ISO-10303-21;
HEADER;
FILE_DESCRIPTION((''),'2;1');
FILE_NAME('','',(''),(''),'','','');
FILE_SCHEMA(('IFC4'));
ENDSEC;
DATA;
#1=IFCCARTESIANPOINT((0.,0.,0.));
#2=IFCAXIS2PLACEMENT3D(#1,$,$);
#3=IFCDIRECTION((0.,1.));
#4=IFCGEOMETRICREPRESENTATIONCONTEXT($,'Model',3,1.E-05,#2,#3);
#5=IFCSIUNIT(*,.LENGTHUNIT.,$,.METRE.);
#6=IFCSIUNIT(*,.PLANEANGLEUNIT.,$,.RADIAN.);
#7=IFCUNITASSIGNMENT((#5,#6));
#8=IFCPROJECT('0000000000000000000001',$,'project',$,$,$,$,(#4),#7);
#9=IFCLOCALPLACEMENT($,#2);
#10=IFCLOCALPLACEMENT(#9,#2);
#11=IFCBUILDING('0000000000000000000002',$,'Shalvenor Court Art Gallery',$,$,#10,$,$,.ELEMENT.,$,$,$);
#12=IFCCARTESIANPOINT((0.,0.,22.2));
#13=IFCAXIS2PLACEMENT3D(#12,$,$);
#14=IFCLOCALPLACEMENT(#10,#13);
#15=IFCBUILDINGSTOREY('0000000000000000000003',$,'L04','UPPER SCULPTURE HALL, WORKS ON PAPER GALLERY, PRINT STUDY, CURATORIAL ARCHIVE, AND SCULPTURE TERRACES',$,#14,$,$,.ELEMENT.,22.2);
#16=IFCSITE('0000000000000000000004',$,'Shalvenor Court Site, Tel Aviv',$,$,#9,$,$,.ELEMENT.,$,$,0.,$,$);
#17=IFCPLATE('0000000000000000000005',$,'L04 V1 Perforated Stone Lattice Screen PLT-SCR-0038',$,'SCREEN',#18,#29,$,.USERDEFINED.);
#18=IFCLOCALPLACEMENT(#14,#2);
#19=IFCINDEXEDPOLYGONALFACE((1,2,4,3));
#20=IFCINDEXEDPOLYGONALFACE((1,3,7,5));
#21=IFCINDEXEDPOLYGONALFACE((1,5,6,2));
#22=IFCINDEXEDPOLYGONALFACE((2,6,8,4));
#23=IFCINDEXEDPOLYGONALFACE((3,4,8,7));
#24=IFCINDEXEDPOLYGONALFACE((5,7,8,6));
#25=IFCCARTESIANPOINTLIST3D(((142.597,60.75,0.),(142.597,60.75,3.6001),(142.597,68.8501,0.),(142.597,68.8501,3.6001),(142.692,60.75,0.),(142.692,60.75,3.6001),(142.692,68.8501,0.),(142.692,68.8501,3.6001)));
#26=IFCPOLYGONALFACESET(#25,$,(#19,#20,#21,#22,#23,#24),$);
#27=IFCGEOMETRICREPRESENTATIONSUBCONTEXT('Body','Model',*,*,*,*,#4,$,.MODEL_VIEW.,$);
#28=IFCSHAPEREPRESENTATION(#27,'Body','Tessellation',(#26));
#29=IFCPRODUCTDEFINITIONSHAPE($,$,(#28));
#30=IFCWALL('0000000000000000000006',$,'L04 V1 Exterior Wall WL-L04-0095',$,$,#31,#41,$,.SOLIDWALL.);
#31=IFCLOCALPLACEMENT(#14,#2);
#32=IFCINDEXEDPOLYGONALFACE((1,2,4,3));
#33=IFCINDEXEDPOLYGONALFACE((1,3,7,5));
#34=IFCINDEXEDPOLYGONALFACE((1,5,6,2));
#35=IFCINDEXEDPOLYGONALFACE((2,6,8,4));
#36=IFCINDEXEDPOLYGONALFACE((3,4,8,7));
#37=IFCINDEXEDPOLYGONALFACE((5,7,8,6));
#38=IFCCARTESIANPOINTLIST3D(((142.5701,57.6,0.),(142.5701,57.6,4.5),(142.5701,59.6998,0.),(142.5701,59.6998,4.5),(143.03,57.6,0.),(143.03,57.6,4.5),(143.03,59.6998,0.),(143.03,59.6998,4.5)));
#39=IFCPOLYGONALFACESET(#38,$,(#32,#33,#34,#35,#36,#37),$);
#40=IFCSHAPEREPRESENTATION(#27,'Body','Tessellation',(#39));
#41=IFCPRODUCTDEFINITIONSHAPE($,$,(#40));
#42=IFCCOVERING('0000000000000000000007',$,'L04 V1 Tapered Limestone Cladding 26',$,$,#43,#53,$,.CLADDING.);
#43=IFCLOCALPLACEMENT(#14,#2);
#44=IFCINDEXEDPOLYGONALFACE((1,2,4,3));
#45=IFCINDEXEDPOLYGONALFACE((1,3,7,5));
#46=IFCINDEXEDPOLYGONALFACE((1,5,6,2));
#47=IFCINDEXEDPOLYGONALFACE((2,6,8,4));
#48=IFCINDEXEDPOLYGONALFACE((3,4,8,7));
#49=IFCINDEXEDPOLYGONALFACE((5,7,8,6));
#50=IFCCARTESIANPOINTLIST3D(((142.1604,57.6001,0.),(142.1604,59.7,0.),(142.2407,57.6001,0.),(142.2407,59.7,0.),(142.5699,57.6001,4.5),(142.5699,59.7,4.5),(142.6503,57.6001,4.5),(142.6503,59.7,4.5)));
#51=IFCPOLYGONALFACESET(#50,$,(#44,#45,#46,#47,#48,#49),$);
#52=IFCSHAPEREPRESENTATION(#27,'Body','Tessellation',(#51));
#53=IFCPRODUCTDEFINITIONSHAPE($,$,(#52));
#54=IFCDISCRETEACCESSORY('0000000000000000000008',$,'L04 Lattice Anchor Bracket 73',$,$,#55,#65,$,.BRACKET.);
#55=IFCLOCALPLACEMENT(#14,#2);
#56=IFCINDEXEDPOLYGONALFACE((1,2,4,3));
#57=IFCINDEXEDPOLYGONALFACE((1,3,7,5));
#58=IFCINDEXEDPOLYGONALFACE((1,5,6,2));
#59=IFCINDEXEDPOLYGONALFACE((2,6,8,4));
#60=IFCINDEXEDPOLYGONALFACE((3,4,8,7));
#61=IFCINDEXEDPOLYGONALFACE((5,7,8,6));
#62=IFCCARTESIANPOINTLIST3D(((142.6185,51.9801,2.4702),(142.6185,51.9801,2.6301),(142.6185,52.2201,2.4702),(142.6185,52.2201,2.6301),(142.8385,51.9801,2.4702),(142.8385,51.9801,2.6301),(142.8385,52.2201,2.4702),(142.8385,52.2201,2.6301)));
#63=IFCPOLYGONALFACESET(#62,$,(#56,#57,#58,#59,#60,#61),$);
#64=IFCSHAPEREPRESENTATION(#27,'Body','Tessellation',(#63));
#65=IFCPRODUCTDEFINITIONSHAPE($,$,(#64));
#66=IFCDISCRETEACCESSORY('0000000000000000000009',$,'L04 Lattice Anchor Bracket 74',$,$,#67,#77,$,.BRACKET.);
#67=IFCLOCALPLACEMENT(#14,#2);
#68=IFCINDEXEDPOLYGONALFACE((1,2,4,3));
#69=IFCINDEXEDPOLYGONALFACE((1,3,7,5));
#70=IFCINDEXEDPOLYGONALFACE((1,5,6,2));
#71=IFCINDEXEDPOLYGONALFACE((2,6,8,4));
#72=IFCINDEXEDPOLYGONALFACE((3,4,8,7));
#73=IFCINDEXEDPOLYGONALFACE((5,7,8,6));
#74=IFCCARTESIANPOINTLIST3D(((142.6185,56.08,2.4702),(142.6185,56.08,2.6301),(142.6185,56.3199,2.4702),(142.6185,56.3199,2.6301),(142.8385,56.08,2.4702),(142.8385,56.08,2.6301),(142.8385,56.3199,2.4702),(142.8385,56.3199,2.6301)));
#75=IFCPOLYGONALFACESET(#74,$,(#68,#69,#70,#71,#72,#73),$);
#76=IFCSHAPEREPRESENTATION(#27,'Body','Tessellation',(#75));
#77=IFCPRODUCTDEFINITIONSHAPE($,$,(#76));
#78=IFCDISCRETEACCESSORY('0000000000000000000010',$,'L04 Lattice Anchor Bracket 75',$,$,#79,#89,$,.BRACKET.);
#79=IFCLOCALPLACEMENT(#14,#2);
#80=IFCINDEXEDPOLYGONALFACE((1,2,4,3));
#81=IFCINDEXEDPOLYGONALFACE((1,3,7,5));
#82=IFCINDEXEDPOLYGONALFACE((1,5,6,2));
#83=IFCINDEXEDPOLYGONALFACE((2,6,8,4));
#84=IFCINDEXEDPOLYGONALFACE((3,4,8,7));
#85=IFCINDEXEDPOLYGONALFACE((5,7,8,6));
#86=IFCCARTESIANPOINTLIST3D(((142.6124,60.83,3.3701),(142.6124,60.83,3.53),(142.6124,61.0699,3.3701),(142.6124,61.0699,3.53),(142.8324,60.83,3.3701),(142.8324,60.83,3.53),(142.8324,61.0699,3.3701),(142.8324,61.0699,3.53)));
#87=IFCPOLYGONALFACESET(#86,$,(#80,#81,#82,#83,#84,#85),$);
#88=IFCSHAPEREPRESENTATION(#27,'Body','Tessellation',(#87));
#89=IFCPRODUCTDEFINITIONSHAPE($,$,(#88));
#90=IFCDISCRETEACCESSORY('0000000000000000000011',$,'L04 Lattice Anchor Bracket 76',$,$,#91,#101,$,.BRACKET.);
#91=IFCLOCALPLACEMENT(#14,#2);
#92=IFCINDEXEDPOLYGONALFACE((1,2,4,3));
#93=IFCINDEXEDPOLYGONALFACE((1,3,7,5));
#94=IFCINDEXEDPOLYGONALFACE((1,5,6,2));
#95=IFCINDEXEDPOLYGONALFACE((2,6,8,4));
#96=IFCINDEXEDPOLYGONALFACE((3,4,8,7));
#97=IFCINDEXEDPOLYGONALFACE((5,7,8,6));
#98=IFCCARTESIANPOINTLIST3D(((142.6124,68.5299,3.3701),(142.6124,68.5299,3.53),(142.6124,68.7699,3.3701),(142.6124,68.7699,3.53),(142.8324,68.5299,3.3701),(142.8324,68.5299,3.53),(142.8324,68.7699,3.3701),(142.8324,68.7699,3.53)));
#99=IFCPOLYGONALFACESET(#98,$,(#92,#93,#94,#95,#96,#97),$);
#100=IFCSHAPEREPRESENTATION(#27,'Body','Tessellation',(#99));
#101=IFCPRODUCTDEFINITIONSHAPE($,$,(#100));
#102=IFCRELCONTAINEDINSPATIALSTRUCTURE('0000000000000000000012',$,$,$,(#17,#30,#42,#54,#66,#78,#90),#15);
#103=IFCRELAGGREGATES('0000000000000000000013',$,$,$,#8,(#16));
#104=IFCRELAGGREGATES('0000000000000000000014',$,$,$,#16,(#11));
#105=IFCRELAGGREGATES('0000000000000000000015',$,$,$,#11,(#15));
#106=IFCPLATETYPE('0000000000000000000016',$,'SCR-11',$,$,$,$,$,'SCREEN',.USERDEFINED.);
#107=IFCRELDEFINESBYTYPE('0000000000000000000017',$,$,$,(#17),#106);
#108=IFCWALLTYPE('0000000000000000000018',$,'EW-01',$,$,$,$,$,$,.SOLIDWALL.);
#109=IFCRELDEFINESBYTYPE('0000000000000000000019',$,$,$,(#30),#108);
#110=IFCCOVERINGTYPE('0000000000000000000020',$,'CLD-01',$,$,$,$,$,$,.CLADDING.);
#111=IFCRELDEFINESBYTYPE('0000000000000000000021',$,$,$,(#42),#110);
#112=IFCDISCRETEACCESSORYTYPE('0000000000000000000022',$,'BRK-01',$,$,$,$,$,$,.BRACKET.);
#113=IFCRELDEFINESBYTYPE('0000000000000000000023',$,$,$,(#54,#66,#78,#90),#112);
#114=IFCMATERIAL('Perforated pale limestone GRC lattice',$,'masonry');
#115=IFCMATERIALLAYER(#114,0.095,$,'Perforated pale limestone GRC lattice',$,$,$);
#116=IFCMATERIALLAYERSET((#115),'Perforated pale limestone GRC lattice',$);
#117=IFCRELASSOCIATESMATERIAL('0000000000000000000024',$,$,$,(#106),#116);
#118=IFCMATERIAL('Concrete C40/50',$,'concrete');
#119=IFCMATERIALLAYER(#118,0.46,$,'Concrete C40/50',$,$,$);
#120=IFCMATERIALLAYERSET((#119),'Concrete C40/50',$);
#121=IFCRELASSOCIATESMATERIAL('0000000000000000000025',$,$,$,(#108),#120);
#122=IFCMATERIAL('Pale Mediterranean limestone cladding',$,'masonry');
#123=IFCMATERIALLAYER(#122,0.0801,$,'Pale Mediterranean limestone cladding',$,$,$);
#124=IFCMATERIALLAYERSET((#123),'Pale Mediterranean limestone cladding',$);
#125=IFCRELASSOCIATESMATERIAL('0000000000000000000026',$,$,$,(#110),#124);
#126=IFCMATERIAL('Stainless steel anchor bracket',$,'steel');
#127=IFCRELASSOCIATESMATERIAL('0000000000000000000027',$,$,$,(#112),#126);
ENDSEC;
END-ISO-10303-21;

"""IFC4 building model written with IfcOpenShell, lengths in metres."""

from ifc_helpers import new_model, si_unit, direction, frame, frame_2d, origin, origin_2d, place, context, subcontext, project, spatial, polyline, rectangle, outline, extrude, material, layer, layer_set, type_object, element, save


model = new_model("IFC4")

# Units and contexts
model_context = context("Model", 3, precision=1e-05, world=origin(), true_north=direction((0.0, 1.0)))
body_context = subcontext(model_context, "Body", "Model", "MODEL_VIEW")
ifc_project = project(units=[si_unit("LENGTHUNIT", "METRE"), si_unit("PLANEANGLEUNIT", "RADIAN")], contexts=[model_context])

# Site, building, storey
site_placement = place(None, origin())
site = spatial("IfcSite", under=ifc_project, at=site_placement, Name="Shalvenor Court Site, Tel Aviv", CompositionType="ELEMENT", RefElevation=0.0)
building_placement = place(site_placement, origin())
building = spatial("IfcBuilding", under=site, at=building_placement, Name="Shalvenor Court Art Gallery", CompositionType="ELEMENT")
storey_placement = place(building_placement, frame((0.0, 0.0, 22.2)))
storey = spatial("IfcBuildingStorey", under=building, at=storey_placement, Name="L04", Description="UPPER SCULPTURE HALL, WORKS ON PAPER GALLERY, PRINT STUDY, CURATORIAL ARCHIVE, AND SCULPTURE TERRACES", CompositionType="ELEMENT", Elevation=22.2)

# Plate
ifc_material_1 = material(Name="Perforated pale limestone GRC lattice", Category="masonry")
ifc_layer_1 = layer(ifc_material_1, 0.095, Name="Perforated pale limestone GRC lattice")
ifc_layer_set_1 = layer_set([ifc_layer_1], Name="Perforated pale limestone GRC lattice")
plate_type_1 = type_object("IfcPlateType", Name="SCR-11", ElementType="SCREEN", PredefinedType="USERDEFINED", material=ifc_layer_set_1)
plate_1_placement = place(storey_placement, frame((142.6445, 64.8, 0.0), z_axis=(0.0, 0.0, 1.0), x_axis=(0.0, 1.0, 0.0)))
element("IfcPlate", 1, at=plate_1_placement, inside=storey, type_object=plate_type_1, Name="L04 V1 Perforated Stone Lattice Screen PLT-SCR-0038", ObjectType="SCREEN", PredefinedType="USERDEFINED", context=body_context, shape_type="SweptSolid", body=[
    extrude(rectangle(XDim=8.1001, YDim=0.095, at=origin_2d()), origin(), (0.0, 0.0, 1.0), 3.6001),
])

# Wall
ifc_material_2 = material(Name="Concrete C40/50", Category="concrete")
ifc_layer_2 = layer(ifc_material_2, 0.46, Name="Concrete C40/50")
ifc_layer_set_2 = layer_set([ifc_layer_2], Name="Concrete C40/50")
wall_type = type_object("IfcWallType", Name="EW-01", PredefinedType="SOLIDWALL", material=ifc_layer_set_2)
wall_placement = place(storey_placement, frame((142.8, 57.6001, 0.0), z_axis=(0.0, 0.0, 1.0), x_axis=(0.0, 1.0, 0.0)))
element("IfcWall", 2, at=wall_placement, inside=storey, type_object=wall_type, Name="L04 V1 Exterior Wall WL-L04-0095", PredefinedType="SOLIDWALL", context=body_context, shape_type="SweptSolid", body=[
    extrude(rectangle(XDim=2.0999, YDim=0.46, at=frame_2d((1.0498, 0.0))), origin(), (0.0, 0.0, 1.0), 4.5),
])

# Covering
ifc_material_3 = material(Name="Pale Mediterranean limestone cladding", Category="masonry")
ifc_layer_3 = layer(ifc_material_3, 0.0801, Name="Pale Mediterranean limestone cladding")
ifc_layer_set_3 = layer_set([ifc_layer_3], Name="Pale Mediterranean limestone cladding")
covering_type = type_object("IfcCoveringType", Name="CLD-01", PredefinedType="CLADDING", material=ifc_layer_set_3)
covering_placement = place(storey_placement, frame((142.1604, 59.7, 0.0), z_axis=(0.0, 0.0, 1.0), x_axis=(0.0, -1.0, 0.0)))
element("IfcCovering", 3, at=covering_placement, inside=storey, type_object=covering_type, Name="L04 V1 Tapered Limestone Cladding 26", PredefinedType="CLADDING", context=body_context, shape_type="SweptSolid", body=[
    extrude(outline(polyline([(0.0, 0.0), (2.0999, 0.0), (2.0999, 4.5186), (0.0, 4.5186), (0.0, 0.0)])), frame((0.0, 0.0, 0.0), z_axis=(0.0, -0.995884, 0.090633), x_axis=(1.0, 0.0, 0.0)), (0.0, 0.090633, -0.995884), 0.0803),
])

# Discrete accessories
ifc_material_4 = material(Name="Stainless steel anchor bracket", Category="steel")
discrete_accessory_type = type_object("IfcDiscreteAccessoryType", Name="BRK-01", PredefinedType="BRACKET", material=ifc_material_4)
for number, where, z_axis, x_axis, name in (
    (4, (142.7285, 52.1001, 2.4702), (0.0, 0.0, 1.0), (0.0, 1.0, 0.0), "L04 Lattice Anchor Bracket 73"),
    (5, (142.7285, 56.2, 2.4702), (0.0, 0.0, 1.0), (0.0, 1.0, 0.0), "L04 Lattice Anchor Bracket 74"),
    (6, (142.7224, 60.95, 3.3701), (0.0, 0.0, 1.0), (0.0, 1.0, 0.0), "L04 Lattice Anchor Bracket 75"),
    (7, (142.7224, 68.6499, 3.3701), (0.0, 0.0, 1.0), (0.0, 1.0, 0.0), "L04 Lattice Anchor Bracket 76"),
):
    element("IfcDiscreteAccessory", number, at=place(storey_placement, frame(where, z_axis=z_axis, x_axis=x_axis)), inside=storey, type_object=discrete_accessory_type, Name=name, PredefinedType="BRACKET", context=body_context, shape_type="SweptSolid", body=[
        extrude(rectangle(XDim=0.24, YDim=0.22, at=origin_2d()), origin(), (0.0, 0.0, 1.0), 0.1599),
    ])

save(model, "model.ifc")
